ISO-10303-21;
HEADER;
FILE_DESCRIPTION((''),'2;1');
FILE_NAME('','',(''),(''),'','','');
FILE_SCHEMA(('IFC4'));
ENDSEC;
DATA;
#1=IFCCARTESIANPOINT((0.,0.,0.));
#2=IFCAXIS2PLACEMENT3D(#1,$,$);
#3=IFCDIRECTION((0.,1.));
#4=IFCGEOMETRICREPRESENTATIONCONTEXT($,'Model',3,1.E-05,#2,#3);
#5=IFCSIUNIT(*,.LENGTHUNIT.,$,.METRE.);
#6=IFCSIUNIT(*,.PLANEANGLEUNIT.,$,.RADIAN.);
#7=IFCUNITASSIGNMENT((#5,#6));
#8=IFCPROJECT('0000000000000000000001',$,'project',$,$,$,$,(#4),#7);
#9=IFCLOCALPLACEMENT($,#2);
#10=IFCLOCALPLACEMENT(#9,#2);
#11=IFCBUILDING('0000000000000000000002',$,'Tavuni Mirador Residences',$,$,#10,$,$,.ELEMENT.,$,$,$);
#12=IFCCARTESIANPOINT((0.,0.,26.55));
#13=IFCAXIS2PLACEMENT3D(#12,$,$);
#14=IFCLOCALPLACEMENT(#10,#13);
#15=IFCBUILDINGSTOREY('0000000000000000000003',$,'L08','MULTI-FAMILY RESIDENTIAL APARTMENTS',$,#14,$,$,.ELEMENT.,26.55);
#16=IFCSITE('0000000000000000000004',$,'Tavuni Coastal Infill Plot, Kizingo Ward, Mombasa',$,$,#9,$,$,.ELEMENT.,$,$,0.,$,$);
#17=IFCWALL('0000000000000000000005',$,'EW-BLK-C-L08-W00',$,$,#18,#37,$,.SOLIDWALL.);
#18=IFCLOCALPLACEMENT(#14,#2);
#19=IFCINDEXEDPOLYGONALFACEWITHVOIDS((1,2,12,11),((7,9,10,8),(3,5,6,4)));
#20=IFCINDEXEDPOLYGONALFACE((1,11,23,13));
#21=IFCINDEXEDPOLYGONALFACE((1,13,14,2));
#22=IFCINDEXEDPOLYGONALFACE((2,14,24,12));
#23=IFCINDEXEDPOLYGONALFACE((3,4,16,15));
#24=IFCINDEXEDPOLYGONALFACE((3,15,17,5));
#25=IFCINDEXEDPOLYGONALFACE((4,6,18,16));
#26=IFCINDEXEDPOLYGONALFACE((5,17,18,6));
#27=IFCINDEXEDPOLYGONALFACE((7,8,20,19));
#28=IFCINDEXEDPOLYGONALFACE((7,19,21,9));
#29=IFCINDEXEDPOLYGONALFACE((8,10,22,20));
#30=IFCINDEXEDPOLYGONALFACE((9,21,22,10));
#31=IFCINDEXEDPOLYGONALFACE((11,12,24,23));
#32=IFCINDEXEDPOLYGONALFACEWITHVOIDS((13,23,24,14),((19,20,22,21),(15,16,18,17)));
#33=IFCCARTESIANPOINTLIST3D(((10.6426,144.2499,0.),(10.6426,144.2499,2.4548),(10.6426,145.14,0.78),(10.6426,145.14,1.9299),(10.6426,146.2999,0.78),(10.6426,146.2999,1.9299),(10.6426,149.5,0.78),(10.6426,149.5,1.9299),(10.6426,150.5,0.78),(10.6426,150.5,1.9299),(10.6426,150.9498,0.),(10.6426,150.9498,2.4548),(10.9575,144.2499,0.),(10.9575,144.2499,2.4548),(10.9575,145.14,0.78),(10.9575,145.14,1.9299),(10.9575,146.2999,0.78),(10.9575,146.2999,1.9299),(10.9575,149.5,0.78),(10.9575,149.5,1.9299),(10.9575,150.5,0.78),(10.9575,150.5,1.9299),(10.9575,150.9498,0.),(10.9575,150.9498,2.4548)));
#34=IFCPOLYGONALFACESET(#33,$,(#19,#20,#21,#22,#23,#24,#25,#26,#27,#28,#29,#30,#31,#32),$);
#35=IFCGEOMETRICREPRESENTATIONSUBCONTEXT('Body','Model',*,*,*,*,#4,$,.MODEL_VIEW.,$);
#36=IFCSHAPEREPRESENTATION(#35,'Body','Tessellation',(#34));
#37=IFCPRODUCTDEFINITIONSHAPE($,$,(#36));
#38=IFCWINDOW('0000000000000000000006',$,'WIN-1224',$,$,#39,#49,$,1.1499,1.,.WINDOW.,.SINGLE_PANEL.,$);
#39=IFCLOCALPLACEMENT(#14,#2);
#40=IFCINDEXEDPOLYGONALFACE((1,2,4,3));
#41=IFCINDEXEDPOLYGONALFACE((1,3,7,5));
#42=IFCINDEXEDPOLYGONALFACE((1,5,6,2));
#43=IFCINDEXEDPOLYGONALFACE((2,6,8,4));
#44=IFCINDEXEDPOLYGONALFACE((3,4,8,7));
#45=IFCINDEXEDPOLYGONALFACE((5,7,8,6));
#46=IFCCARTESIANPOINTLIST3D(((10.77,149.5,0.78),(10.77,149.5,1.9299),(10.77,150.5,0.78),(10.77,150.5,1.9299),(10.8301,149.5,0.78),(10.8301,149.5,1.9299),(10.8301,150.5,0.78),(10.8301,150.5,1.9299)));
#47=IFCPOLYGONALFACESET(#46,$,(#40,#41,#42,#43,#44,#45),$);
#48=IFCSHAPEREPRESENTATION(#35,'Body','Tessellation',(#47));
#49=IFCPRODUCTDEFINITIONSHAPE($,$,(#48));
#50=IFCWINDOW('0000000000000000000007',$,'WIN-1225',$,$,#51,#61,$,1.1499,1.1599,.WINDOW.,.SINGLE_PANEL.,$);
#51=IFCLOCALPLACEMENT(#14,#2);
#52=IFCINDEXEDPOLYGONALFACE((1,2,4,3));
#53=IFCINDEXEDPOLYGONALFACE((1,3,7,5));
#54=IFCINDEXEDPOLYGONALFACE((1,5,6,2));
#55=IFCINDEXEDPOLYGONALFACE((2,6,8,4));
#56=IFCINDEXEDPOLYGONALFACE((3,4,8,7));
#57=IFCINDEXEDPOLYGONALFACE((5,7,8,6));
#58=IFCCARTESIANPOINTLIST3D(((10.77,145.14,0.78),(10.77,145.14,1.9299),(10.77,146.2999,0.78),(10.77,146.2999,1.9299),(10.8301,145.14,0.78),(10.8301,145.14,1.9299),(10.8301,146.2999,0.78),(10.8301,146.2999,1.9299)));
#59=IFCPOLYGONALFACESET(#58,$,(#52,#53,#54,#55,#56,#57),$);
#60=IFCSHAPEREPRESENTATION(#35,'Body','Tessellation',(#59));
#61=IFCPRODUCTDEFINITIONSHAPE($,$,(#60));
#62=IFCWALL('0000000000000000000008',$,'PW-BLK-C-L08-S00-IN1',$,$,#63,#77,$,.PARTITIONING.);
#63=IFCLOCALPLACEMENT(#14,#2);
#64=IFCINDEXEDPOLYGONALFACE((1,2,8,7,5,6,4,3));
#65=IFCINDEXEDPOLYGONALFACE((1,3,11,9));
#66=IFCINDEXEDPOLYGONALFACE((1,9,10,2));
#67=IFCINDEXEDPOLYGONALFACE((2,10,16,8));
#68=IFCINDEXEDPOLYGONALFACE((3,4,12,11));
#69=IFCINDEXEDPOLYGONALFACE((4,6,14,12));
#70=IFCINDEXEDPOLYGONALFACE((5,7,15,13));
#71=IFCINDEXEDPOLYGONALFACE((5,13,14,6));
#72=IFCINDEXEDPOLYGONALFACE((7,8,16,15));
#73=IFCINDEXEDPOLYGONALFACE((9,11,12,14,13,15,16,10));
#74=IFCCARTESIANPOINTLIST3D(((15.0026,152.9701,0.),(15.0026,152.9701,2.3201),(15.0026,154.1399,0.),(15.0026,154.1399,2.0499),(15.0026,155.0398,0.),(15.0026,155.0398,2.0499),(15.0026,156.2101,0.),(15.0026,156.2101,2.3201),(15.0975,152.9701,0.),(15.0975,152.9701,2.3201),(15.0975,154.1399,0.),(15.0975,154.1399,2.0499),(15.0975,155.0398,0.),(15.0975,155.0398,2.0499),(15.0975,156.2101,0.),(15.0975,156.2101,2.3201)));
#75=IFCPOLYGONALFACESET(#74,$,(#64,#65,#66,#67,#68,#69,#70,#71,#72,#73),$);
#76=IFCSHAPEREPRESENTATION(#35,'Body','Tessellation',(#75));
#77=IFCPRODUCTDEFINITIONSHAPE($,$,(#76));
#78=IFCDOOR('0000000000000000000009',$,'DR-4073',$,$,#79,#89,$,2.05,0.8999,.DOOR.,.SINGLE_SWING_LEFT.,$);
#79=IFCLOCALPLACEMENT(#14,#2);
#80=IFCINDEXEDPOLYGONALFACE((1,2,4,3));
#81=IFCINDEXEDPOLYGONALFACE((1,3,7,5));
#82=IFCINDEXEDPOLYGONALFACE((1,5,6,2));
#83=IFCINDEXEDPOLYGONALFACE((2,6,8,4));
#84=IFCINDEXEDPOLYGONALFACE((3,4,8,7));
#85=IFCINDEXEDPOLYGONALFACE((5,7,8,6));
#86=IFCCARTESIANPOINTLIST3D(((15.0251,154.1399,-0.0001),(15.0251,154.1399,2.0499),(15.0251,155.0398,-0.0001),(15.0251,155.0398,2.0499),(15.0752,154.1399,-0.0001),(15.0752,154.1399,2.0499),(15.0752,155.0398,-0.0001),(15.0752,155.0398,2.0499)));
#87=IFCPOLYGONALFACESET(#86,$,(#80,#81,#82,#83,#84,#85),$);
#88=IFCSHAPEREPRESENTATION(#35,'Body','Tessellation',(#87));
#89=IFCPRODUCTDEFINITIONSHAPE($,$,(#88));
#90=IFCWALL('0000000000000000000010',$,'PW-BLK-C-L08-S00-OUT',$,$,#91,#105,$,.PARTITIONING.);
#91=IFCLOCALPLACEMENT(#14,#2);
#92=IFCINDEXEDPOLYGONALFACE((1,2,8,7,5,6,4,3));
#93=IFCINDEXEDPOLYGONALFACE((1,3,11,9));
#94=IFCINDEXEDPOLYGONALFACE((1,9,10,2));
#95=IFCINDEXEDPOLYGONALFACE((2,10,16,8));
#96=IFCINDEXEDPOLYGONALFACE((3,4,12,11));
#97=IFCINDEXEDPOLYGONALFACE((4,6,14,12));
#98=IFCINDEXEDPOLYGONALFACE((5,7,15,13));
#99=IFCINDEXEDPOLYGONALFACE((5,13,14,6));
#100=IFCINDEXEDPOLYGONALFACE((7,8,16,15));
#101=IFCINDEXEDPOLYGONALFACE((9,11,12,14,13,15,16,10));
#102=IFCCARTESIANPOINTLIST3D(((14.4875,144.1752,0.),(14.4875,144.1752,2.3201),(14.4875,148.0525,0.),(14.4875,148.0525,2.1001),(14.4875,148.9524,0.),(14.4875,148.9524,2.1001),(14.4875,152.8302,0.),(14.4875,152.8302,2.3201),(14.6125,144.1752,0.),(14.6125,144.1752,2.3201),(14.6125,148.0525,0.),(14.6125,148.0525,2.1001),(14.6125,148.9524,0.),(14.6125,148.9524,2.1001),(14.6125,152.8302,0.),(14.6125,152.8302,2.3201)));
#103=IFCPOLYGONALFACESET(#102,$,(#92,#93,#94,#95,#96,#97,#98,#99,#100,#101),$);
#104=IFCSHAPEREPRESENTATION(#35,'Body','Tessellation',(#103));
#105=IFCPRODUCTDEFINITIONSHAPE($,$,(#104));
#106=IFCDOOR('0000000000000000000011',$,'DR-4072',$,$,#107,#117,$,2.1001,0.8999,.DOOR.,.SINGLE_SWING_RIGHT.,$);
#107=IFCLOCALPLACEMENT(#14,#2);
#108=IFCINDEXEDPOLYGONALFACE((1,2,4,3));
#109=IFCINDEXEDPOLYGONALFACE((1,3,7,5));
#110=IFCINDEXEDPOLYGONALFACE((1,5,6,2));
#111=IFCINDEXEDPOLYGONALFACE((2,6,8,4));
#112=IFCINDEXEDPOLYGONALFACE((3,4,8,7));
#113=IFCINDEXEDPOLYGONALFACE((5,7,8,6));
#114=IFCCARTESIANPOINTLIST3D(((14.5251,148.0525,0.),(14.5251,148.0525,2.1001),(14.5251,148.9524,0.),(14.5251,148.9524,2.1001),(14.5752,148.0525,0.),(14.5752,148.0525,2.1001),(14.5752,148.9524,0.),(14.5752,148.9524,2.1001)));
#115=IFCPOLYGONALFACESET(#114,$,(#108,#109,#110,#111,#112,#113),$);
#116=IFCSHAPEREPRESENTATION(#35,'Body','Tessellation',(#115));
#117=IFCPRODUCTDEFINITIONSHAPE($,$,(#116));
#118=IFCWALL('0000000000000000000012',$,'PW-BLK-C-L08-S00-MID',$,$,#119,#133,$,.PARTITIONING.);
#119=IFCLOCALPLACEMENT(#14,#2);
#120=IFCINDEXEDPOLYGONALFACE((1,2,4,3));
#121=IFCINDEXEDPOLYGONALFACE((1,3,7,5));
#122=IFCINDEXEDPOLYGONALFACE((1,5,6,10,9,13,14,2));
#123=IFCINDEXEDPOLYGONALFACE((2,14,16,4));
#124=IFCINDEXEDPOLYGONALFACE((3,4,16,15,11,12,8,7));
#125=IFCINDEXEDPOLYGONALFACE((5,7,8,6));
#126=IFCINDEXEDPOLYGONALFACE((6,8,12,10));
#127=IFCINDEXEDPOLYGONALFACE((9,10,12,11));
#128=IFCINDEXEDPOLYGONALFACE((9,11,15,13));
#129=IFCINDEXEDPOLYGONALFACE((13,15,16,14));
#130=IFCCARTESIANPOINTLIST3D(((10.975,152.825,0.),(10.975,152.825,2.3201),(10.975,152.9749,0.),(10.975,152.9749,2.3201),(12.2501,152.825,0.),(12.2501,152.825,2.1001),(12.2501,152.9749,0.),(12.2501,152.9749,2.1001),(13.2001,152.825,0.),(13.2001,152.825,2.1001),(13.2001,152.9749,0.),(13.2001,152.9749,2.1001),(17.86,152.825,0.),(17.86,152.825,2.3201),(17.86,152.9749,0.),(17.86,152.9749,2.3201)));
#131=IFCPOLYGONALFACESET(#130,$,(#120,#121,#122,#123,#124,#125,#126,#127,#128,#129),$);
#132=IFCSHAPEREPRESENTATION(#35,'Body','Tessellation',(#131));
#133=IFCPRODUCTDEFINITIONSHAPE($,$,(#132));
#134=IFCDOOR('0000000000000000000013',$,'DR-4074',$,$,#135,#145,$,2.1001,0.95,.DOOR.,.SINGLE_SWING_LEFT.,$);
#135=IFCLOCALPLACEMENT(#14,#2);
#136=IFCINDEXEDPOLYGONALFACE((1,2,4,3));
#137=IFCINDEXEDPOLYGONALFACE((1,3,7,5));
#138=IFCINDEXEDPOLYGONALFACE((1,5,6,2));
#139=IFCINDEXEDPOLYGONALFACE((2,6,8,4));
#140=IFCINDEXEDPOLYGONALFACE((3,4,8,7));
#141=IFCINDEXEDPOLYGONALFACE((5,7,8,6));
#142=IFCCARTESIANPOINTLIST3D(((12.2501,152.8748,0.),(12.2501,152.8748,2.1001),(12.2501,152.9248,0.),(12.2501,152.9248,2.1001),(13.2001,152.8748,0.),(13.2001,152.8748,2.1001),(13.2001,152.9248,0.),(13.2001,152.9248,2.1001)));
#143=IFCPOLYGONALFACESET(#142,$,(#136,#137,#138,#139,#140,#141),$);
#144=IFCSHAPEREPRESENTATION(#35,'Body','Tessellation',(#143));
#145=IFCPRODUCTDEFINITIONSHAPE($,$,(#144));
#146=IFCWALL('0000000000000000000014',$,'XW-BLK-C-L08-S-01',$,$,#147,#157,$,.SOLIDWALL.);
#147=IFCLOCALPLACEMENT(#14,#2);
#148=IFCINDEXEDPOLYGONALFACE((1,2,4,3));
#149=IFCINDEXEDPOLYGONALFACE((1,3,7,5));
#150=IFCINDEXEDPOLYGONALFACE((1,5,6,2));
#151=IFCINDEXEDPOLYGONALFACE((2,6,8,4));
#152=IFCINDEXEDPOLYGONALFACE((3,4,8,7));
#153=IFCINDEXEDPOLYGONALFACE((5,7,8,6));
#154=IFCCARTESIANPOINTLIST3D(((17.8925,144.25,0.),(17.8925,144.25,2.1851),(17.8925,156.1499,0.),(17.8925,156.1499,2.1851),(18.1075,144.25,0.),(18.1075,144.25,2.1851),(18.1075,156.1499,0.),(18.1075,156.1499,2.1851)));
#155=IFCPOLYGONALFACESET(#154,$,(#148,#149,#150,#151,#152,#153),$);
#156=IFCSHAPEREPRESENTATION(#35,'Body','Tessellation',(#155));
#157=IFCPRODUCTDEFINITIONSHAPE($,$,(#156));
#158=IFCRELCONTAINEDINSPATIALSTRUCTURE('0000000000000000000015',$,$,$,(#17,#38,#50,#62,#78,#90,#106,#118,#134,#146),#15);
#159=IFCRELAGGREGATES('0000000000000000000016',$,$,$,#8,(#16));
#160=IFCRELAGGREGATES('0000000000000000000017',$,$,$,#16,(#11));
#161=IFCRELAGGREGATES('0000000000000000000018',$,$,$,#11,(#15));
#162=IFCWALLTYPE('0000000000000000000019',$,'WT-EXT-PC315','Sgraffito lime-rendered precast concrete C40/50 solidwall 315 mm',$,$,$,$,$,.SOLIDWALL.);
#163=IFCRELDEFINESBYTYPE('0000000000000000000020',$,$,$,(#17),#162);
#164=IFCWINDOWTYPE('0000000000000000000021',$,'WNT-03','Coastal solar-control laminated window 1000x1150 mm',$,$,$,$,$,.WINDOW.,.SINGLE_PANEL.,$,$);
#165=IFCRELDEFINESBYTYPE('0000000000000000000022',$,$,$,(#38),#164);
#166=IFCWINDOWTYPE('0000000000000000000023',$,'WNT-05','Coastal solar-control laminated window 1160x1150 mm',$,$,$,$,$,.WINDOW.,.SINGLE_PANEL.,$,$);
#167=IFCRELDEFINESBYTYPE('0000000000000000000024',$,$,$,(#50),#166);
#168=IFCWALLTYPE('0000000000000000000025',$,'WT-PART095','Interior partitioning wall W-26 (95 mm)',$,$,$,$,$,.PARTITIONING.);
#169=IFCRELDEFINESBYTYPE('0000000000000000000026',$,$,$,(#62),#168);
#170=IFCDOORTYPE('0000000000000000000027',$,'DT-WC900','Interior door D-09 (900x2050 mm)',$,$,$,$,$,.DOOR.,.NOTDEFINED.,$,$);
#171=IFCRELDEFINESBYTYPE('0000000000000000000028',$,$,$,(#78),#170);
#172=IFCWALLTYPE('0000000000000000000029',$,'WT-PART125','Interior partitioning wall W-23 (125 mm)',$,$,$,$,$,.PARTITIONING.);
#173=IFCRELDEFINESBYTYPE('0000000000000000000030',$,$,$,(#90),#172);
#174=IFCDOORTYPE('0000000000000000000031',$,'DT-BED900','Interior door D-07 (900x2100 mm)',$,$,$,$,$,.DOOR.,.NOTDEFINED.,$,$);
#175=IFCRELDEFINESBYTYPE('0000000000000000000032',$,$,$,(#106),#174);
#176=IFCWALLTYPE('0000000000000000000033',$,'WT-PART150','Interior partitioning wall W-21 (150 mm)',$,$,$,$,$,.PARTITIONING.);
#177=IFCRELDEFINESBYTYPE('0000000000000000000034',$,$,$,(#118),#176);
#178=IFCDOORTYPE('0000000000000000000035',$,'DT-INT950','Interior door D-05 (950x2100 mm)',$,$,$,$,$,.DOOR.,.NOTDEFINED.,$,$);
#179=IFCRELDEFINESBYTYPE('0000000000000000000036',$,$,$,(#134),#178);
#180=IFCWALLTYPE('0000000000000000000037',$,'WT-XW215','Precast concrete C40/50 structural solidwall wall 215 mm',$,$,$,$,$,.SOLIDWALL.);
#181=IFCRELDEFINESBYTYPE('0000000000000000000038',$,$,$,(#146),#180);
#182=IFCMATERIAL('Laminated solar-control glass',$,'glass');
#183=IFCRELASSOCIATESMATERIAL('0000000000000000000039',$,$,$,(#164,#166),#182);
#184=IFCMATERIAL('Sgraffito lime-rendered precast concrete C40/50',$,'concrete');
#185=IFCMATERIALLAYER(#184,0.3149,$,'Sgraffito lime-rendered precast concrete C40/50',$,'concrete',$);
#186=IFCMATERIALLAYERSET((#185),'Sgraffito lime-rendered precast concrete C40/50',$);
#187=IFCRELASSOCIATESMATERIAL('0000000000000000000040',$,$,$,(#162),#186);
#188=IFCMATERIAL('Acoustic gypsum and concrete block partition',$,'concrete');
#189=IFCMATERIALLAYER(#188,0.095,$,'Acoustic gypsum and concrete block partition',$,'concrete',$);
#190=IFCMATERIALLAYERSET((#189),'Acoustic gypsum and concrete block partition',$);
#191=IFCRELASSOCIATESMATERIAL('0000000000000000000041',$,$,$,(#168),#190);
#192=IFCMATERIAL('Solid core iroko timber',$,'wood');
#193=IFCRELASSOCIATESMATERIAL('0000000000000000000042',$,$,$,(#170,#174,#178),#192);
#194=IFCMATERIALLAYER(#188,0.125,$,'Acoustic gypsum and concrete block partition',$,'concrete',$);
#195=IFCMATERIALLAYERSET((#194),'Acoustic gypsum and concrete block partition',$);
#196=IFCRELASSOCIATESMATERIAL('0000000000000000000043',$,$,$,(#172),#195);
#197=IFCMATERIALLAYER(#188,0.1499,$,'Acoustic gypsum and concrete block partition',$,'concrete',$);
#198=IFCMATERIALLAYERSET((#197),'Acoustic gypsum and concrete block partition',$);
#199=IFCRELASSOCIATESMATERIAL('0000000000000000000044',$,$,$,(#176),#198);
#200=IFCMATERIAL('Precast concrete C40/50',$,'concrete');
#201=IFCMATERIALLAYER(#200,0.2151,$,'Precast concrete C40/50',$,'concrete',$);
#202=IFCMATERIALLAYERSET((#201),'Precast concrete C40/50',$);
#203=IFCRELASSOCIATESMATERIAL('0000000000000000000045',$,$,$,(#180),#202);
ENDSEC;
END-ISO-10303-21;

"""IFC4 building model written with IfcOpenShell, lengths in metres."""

from ifc_helpers import new_model, si_unit, direction, frame, frame_2d, origin, place, context, subcontext, project, spatial, rectangle, extrude, material, layer, layer_set, type_object, element, fill, save


model = new_model("IFC4")

# Units and contexts
model_context = context("Model", 3, precision=1e-05, world=origin(), true_north=direction((0.0, 1.0)))
body_context = subcontext(model_context, "Body", "Model", "MODEL_VIEW")
ifc_project = project(units=[si_unit("LENGTHUNIT", "METRE"), si_unit("PLANEANGLEUNIT", "RADIAN")], contexts=[model_context])

# Site, building, storey
site_placement = place(None, origin())
site = spatial("IfcSite", under=ifc_project, at=site_placement, Name="Tavuni Coastal Infill Plot, Kizingo Ward, Mombasa", CompositionType="ELEMENT", RefElevation=0.0)
building_placement = place(site_placement, origin())
building = spatial("IfcBuilding", under=site, at=building_placement, Name="Tavuni Mirador Residences", CompositionType="ELEMENT")
storey_placement = place(building_placement, frame((0.0, 0.0, 26.55)))
storey = spatial("IfcBuildingStorey", under=building, at=storey_placement, Name="L08", Description="MULTI-FAMILY RESIDENTIAL APARTMENTS", CompositionType="ELEMENT", Elevation=26.55)

# Shared definitions
ifc_material_1 = material(Name="Precast concrete C40/50", Category="concrete")

# Shared definitions
ifc_material_2 = material(Name="Solid core iroko timber", Category="wood")

# Wall, openings, windows
ifc_material_3 = material(Name="Sgraffito lime-rendered precast concrete C40/50", Category="concrete")
ifc_material_4 = material(Name="Laminated solar-control glass", Category="glass")
window_type_1 = type_object("IfcWindowType", Name="WNT-03", Description="Coastal solar-control laminated window 1000x1150 mm", PartitioningType="SINGLE_PANEL", PredefinedType="WINDOW", material=ifc_material_4)
ifc_layer_1 = layer(ifc_material_3, 0.3149, Name="Sgraffito lime-rendered precast concrete C40/50", Category="concrete")
ifc_layer_set_1 = layer_set([ifc_layer_1], Name="Sgraffito lime-rendered precast concrete C40/50")
wall_type_1 = type_object("IfcWallType", Name="WT-EXT-PC315", Description="Sgraffito lime-rendered precast concrete C40/50 solidwall 315 mm", PredefinedType="SOLIDWALL", material=ifc_layer_set_1)
wall_1_placement = place(storey_placement, frame((10.8, 150.95, 0.0), z_axis=(0.0, 0.0, 1.0), x_axis=(0.0, -1.0, 0.0)))
wall_1 = element("IfcWall", 1, at=wall_1_placement, inside=storey, type_object=wall_type_1, Name="EW-BLK-C-L08-W00", PredefinedType="SOLIDWALL", context=body_context, shape_type="SweptSolid", body=[
    extrude(rectangle(XDim=6.7, YDim=0.3149, at=frame_2d((3.3501, 0.0))), origin(), (0.0, 0.0, 1.0), 2.4548),
])
opening_1_placement = place(wall_1_placement, frame((0.45, 0.0, 0.78)))
opening_1 = element("IfcOpeningElement", 2, at=opening_1_placement, cuts=wall_1, PredefinedType="OPENING", context=body_context, shape_type="SweptSolid", body=[
    extrude(rectangle(XDim=1.0, YDim=1.1499, at=frame_2d((0.5, 0.575))), frame((0.0, 0.1675, 0.0), z_axis=(0.0, -1.0, 0.0), x_axis=(1.0, 0.0, 0.0)), (0.0, 0.0, 1.0), 0.335),
])
opening_2_placement = place(wall_1_placement, frame((4.6499, 0.0, 0.78)))
opening_2 = element("IfcOpeningElement", 3, at=opening_2_placement, cuts=wall_1, PredefinedType="OPENING", context=body_context, shape_type="SweptSolid", body=[
    extrude(rectangle(XDim=1.1599, YDim=1.1499, at=frame_2d((0.5801, 0.575))), frame((0.0, 0.1675, 0.0), z_axis=(0.0, -1.0, 0.0), x_axis=(1.0, 0.0, 0.0)), (0.0, 0.0, 1.0), 0.335),
])
window_1_placement = place(opening_1_placement, origin())
window_1 = element("IfcWindow", 4, at=window_1_placement, inside=storey, type_object=window_type_1, Name="WIN-1224", OverallHeight=1.1499, OverallWidth=1.0, PartitioningType="SINGLE_PANEL", PredefinedType="WINDOW", context=body_context, shape_type="SweptSolid", body=[
    extrude(rectangle(XDim=1.0, YDim=1.1499, at=frame_2d((0.5, 0.575))), frame((0.0, 0.03, 0.0), z_axis=(0.0, -1.0, 0.0), x_axis=(1.0, 0.0, 0.0)), (0.0, 0.0, 1.0), 0.0601),
])
fill(opening_1, window_1)
window_type_2 = type_object("IfcWindowType", Name="WNT-05", Description="Coastal solar-control laminated window 1160x1150 mm", PartitioningType="SINGLE_PANEL", PredefinedType="WINDOW", material=ifc_material_4)
window_2_placement = place(opening_2_placement, origin())
window_2 = element("IfcWindow", 5, at=window_2_placement, inside=storey, type_object=window_type_2, Name="WIN-1225", OverallHeight=1.1499, OverallWidth=1.1599, PartitioningType="SINGLE_PANEL", PredefinedType="WINDOW", context=body_context, shape_type="SweptSolid", body=[
    extrude(rectangle(XDim=1.1599, YDim=1.1499, at=frame_2d((0.5801, 0.575))), frame((0.0, 0.03, 0.0), z_axis=(0.0, -1.0, 0.0), x_axis=(1.0, 0.0, 0.0)), (0.0, 0.0, 1.0), 0.0601),
])
fill(opening_2, window_2)

# Walls, openings, doors
ifc_material_5 = material(Name="Acoustic gypsum and concrete block partition", Category="concrete")
ifc_layer_2 = layer(ifc_material_5, 0.095, Name="Acoustic gypsum and concrete block partition", Category="concrete")
ifc_layer_set_2 = layer_set([ifc_layer_2], Name="Acoustic gypsum and concrete block partition")
wall_type_2 = type_object("IfcWallType", Name="WT-PART095", Description="Interior partitioning wall W-26 (95 mm)", PredefinedType="PARTITIONING", material=ifc_layer_set_2)
wall_2_placement = place(storey_placement, frame((15.05, 152.97, 0.0), z_axis=(0.0, 0.0, 1.0), x_axis=(0.0, 1.0, 0.0)))
wall_2 = element("IfcWall", 6, at=wall_2_placement, inside=storey, type_object=wall_type_2, Name="PW-BLK-C-L08-S00-IN1", PredefinedType="PARTITIONING", context=body_context, shape_type="SweptSolid", body=[
    extrude(rectangle(XDim=3.24, YDim=0.095, at=frame_2d((1.6201, 0.0))), origin(), (0.0, 0.0, 1.0), 2.3201),
])
opening_3_placement = place(wall_2_placement, frame((1.1699, 0.0, 0.0)))
opening_3 = element("IfcOpeningElement", 7, at=opening_3_placement, cuts=wall_2, PredefinedType="OPENING", context=body_context, shape_type="SweptSolid", body=[
    extrude(rectangle(XDim=0.8999, YDim=2.05, at=frame_2d((0.45, 1.0249))), frame((0.0, 0.0576, 0.0), z_axis=(0.0, -1.0, 0.0), x_axis=(1.0, 0.0, 0.0)), (0.0, 0.0, 1.0), 0.115),
])
door_type_1 = type_object("IfcDoorType", Name="DT-WC900", Description="Interior door D-09 (900x2050 mm)", OperationType="NOTDEFINED", PredefinedType="DOOR", material=ifc_material_2)
door_1_placement = place(opening_3_placement, origin())
door_1 = element("IfcDoor", 8, at=door_1_placement, inside=storey, type_object=door_type_1, Name="DR-4073", OperationType="SINGLE_SWING_LEFT", OverallHeight=2.05, OverallWidth=0.8999, PredefinedType="DOOR", context=body_context, shape_type="SweptSolid", body=[
    extrude(rectangle(XDim=0.8999, YDim=2.05, at=frame_2d((0.45, 1.0249))), frame((0.0, 0.0249, 0.0), z_axis=(0.0, -1.0, 0.0), x_axis=(1.0, 0.0, 0.0)), (0.0, 0.0, 1.0), 0.05),
])
fill(opening_3, door_1)
ifc_layer_3 = layer(ifc_material_5, 0.125, Name="Acoustic gypsum and concrete block partition", Category="concrete")
ifc_layer_set_3 = layer_set([ifc_layer_3], Name="Acoustic gypsum and concrete block partition")
wall_type_3 = type_object("IfcWallType", Name="WT-PART125", Description="Interior partitioning wall W-23 (125 mm)", PredefinedType="PARTITIONING", material=ifc_layer_set_3)
wall_3_placement = place(storey_placement, frame((14.55, 144.175, 0.0), z_axis=(0.0, 0.0, 1.0), x_axis=(0.0, 1.0, 0.0)))
wall_3 = element("IfcWall", 9, at=wall_3_placement, inside=storey, type_object=wall_type_3, Name="PW-BLK-C-L08-S00-OUT", PredefinedType="PARTITIONING", context=body_context, shape_type="SweptSolid", body=[
    extrude(rectangle(XDim=8.655, YDim=0.125, at=frame_2d((4.3276, 0.0))), origin(), (0.0, 0.0, 1.0), 2.3201),
])
opening_4_placement = place(wall_3_placement, frame((3.8774, 0.0, 0.0)))
opening_4 = element("IfcOpeningElement", 10, at=opening_4_placement, cuts=wall_3, PredefinedType="OPENING", context=body_context, shape_type="SweptSolid", body=[
    extrude(rectangle(XDim=0.8999, YDim=2.1001, at=frame_2d((0.45, 1.05))), frame((0.0, 0.0725, 0.0), z_axis=(0.0, -1.0, 0.0), x_axis=(1.0, 0.0, 0.0)), (0.0, 0.0, 1.0), 0.145),
])
door_type_2 = type_object("IfcDoorType", Name="DT-BED900", Description="Interior door D-07 (900x2100 mm)", OperationType="NOTDEFINED", PredefinedType="DOOR", material=ifc_material_2)
door_2_placement = place(opening_4_placement, origin())
door_2 = element("IfcDoor", 11, at=door_2_placement, inside=storey, type_object=door_type_2, Name="DR-4072", OperationType="SINGLE_SWING_RIGHT", OverallHeight=2.1001, OverallWidth=0.8999, PredefinedType="DOOR", context=body_context, shape_type="SweptSolid", body=[
    extrude(rectangle(XDim=0.8999, YDim=2.1001, at=frame_2d((0.45, 1.05))), frame((0.0, 0.0249, 0.0), z_axis=(0.0, -1.0, 0.0), x_axis=(1.0, 0.0, 0.0)), (0.0, 0.0, 1.0), 0.05),
])
fill(opening_4, door_2)
ifc_layer_4 = layer(ifc_material_5, 0.1499, Name="Acoustic gypsum and concrete block partition", Category="concrete")
ifc_layer_set_4 = layer_set([ifc_layer_4], Name="Acoustic gypsum and concrete block partition")
wall_type_4 = type_object("IfcWallType", Name="WT-PART150", Description="Interior partitioning wall W-21 (150 mm)", PredefinedType="PARTITIONING", material=ifc_layer_set_4)
wall_4_placement = place(storey_placement, frame((10.9751, 152.8999, 0.0), z_axis=(0.0, 0.0, 1.0), x_axis=(1.0, 0.0, 0.0)))
wall_4 = element("IfcWall", 12, at=wall_4_placement, inside=storey, type_object=wall_type_4, Name="PW-BLK-C-L08-S00-MID", PredefinedType="PARTITIONING", context=body_context, shape_type="SweptSolid", body=[
    extrude(rectangle(XDim=6.885, YDim=0.1499, at=frame_2d((3.4424, 0.0))), origin(), (0.0, 0.0, 1.0), 2.3201),
])
opening_5_placement = place(wall_4_placement, frame((1.2749, 0.0, 0.0)))
opening_5 = element("IfcOpeningElement", 13, at=opening_5_placement, cuts=wall_4, PredefinedType="OPENING", context=body_context, shape_type="SweptSolid", body=[
    extrude(rectangle(XDim=0.95, YDim=2.1001, at=frame_2d((0.4751, 1.05))), frame((0.0, 0.085, 0.0), z_axis=(0.0, -1.0, 0.0), x_axis=(1.0, 0.0, 0.0)), (0.0, 0.0, 1.0), 0.1699),
])
door_type_3 = type_object("IfcDoorType", Name="DT-INT950", Description="Interior door D-05 (950x2100 mm)", OperationType="NOTDEFINED", PredefinedType="DOOR", material=ifc_material_2)
door_3_placement = place(opening_5_placement, origin())
door_3 = element("IfcDoor", 14, at=door_3_placement, inside=storey, type_object=door_type_3, Name="DR-4074", OperationType="SINGLE_SWING_LEFT", OverallHeight=2.1001, OverallWidth=0.95, PredefinedType="DOOR", context=body_context, shape_type="SweptSolid", body=[
    extrude(rectangle(XDim=0.95, YDim=2.1001, at=frame_2d((0.4751, 1.05))), frame((0.0, 0.0249, 0.0), z_axis=(0.0, -1.0, 0.0), x_axis=(1.0, 0.0, 0.0)), (0.0, 0.0, 1.0), 0.05),
])
fill(opening_5, door_3)

# Wall
ifc_layer_5 = layer(ifc_material_1, 0.2151, Name="Precast concrete C40/50", Category="concrete")
ifc_layer_set_5 = layer_set([ifc_layer_5], Name="Precast concrete C40/50")
wall_type_5 = type_object("IfcWallType", Name="WT-XW215", Description="Precast concrete C40/50 structural solidwall wall 215 mm", PredefinedType="SOLIDWALL", material=ifc_layer_set_5)
wall_5_placement = place(storey_placement, frame((18.0, 144.25, 0.0), z_axis=(0.0, 0.0, 1.0), x_axis=(0.0, 1.0, 0.0)))
element("IfcWall", 15, at=wall_5_placement, inside=storey, type_object=wall_type_5, Name="XW-BLK-C-L08-S-01", PredefinedType="SOLIDWALL", context=body_context, shape_type="SweptSolid", body=[
    extrude(rectangle(XDim=11.8999, YDim=0.2151, at=frame_2d((5.95, 0.0))), origin(), (0.0, 0.0, 1.0), 2.1851),
])

save(model, "model.ifc")
